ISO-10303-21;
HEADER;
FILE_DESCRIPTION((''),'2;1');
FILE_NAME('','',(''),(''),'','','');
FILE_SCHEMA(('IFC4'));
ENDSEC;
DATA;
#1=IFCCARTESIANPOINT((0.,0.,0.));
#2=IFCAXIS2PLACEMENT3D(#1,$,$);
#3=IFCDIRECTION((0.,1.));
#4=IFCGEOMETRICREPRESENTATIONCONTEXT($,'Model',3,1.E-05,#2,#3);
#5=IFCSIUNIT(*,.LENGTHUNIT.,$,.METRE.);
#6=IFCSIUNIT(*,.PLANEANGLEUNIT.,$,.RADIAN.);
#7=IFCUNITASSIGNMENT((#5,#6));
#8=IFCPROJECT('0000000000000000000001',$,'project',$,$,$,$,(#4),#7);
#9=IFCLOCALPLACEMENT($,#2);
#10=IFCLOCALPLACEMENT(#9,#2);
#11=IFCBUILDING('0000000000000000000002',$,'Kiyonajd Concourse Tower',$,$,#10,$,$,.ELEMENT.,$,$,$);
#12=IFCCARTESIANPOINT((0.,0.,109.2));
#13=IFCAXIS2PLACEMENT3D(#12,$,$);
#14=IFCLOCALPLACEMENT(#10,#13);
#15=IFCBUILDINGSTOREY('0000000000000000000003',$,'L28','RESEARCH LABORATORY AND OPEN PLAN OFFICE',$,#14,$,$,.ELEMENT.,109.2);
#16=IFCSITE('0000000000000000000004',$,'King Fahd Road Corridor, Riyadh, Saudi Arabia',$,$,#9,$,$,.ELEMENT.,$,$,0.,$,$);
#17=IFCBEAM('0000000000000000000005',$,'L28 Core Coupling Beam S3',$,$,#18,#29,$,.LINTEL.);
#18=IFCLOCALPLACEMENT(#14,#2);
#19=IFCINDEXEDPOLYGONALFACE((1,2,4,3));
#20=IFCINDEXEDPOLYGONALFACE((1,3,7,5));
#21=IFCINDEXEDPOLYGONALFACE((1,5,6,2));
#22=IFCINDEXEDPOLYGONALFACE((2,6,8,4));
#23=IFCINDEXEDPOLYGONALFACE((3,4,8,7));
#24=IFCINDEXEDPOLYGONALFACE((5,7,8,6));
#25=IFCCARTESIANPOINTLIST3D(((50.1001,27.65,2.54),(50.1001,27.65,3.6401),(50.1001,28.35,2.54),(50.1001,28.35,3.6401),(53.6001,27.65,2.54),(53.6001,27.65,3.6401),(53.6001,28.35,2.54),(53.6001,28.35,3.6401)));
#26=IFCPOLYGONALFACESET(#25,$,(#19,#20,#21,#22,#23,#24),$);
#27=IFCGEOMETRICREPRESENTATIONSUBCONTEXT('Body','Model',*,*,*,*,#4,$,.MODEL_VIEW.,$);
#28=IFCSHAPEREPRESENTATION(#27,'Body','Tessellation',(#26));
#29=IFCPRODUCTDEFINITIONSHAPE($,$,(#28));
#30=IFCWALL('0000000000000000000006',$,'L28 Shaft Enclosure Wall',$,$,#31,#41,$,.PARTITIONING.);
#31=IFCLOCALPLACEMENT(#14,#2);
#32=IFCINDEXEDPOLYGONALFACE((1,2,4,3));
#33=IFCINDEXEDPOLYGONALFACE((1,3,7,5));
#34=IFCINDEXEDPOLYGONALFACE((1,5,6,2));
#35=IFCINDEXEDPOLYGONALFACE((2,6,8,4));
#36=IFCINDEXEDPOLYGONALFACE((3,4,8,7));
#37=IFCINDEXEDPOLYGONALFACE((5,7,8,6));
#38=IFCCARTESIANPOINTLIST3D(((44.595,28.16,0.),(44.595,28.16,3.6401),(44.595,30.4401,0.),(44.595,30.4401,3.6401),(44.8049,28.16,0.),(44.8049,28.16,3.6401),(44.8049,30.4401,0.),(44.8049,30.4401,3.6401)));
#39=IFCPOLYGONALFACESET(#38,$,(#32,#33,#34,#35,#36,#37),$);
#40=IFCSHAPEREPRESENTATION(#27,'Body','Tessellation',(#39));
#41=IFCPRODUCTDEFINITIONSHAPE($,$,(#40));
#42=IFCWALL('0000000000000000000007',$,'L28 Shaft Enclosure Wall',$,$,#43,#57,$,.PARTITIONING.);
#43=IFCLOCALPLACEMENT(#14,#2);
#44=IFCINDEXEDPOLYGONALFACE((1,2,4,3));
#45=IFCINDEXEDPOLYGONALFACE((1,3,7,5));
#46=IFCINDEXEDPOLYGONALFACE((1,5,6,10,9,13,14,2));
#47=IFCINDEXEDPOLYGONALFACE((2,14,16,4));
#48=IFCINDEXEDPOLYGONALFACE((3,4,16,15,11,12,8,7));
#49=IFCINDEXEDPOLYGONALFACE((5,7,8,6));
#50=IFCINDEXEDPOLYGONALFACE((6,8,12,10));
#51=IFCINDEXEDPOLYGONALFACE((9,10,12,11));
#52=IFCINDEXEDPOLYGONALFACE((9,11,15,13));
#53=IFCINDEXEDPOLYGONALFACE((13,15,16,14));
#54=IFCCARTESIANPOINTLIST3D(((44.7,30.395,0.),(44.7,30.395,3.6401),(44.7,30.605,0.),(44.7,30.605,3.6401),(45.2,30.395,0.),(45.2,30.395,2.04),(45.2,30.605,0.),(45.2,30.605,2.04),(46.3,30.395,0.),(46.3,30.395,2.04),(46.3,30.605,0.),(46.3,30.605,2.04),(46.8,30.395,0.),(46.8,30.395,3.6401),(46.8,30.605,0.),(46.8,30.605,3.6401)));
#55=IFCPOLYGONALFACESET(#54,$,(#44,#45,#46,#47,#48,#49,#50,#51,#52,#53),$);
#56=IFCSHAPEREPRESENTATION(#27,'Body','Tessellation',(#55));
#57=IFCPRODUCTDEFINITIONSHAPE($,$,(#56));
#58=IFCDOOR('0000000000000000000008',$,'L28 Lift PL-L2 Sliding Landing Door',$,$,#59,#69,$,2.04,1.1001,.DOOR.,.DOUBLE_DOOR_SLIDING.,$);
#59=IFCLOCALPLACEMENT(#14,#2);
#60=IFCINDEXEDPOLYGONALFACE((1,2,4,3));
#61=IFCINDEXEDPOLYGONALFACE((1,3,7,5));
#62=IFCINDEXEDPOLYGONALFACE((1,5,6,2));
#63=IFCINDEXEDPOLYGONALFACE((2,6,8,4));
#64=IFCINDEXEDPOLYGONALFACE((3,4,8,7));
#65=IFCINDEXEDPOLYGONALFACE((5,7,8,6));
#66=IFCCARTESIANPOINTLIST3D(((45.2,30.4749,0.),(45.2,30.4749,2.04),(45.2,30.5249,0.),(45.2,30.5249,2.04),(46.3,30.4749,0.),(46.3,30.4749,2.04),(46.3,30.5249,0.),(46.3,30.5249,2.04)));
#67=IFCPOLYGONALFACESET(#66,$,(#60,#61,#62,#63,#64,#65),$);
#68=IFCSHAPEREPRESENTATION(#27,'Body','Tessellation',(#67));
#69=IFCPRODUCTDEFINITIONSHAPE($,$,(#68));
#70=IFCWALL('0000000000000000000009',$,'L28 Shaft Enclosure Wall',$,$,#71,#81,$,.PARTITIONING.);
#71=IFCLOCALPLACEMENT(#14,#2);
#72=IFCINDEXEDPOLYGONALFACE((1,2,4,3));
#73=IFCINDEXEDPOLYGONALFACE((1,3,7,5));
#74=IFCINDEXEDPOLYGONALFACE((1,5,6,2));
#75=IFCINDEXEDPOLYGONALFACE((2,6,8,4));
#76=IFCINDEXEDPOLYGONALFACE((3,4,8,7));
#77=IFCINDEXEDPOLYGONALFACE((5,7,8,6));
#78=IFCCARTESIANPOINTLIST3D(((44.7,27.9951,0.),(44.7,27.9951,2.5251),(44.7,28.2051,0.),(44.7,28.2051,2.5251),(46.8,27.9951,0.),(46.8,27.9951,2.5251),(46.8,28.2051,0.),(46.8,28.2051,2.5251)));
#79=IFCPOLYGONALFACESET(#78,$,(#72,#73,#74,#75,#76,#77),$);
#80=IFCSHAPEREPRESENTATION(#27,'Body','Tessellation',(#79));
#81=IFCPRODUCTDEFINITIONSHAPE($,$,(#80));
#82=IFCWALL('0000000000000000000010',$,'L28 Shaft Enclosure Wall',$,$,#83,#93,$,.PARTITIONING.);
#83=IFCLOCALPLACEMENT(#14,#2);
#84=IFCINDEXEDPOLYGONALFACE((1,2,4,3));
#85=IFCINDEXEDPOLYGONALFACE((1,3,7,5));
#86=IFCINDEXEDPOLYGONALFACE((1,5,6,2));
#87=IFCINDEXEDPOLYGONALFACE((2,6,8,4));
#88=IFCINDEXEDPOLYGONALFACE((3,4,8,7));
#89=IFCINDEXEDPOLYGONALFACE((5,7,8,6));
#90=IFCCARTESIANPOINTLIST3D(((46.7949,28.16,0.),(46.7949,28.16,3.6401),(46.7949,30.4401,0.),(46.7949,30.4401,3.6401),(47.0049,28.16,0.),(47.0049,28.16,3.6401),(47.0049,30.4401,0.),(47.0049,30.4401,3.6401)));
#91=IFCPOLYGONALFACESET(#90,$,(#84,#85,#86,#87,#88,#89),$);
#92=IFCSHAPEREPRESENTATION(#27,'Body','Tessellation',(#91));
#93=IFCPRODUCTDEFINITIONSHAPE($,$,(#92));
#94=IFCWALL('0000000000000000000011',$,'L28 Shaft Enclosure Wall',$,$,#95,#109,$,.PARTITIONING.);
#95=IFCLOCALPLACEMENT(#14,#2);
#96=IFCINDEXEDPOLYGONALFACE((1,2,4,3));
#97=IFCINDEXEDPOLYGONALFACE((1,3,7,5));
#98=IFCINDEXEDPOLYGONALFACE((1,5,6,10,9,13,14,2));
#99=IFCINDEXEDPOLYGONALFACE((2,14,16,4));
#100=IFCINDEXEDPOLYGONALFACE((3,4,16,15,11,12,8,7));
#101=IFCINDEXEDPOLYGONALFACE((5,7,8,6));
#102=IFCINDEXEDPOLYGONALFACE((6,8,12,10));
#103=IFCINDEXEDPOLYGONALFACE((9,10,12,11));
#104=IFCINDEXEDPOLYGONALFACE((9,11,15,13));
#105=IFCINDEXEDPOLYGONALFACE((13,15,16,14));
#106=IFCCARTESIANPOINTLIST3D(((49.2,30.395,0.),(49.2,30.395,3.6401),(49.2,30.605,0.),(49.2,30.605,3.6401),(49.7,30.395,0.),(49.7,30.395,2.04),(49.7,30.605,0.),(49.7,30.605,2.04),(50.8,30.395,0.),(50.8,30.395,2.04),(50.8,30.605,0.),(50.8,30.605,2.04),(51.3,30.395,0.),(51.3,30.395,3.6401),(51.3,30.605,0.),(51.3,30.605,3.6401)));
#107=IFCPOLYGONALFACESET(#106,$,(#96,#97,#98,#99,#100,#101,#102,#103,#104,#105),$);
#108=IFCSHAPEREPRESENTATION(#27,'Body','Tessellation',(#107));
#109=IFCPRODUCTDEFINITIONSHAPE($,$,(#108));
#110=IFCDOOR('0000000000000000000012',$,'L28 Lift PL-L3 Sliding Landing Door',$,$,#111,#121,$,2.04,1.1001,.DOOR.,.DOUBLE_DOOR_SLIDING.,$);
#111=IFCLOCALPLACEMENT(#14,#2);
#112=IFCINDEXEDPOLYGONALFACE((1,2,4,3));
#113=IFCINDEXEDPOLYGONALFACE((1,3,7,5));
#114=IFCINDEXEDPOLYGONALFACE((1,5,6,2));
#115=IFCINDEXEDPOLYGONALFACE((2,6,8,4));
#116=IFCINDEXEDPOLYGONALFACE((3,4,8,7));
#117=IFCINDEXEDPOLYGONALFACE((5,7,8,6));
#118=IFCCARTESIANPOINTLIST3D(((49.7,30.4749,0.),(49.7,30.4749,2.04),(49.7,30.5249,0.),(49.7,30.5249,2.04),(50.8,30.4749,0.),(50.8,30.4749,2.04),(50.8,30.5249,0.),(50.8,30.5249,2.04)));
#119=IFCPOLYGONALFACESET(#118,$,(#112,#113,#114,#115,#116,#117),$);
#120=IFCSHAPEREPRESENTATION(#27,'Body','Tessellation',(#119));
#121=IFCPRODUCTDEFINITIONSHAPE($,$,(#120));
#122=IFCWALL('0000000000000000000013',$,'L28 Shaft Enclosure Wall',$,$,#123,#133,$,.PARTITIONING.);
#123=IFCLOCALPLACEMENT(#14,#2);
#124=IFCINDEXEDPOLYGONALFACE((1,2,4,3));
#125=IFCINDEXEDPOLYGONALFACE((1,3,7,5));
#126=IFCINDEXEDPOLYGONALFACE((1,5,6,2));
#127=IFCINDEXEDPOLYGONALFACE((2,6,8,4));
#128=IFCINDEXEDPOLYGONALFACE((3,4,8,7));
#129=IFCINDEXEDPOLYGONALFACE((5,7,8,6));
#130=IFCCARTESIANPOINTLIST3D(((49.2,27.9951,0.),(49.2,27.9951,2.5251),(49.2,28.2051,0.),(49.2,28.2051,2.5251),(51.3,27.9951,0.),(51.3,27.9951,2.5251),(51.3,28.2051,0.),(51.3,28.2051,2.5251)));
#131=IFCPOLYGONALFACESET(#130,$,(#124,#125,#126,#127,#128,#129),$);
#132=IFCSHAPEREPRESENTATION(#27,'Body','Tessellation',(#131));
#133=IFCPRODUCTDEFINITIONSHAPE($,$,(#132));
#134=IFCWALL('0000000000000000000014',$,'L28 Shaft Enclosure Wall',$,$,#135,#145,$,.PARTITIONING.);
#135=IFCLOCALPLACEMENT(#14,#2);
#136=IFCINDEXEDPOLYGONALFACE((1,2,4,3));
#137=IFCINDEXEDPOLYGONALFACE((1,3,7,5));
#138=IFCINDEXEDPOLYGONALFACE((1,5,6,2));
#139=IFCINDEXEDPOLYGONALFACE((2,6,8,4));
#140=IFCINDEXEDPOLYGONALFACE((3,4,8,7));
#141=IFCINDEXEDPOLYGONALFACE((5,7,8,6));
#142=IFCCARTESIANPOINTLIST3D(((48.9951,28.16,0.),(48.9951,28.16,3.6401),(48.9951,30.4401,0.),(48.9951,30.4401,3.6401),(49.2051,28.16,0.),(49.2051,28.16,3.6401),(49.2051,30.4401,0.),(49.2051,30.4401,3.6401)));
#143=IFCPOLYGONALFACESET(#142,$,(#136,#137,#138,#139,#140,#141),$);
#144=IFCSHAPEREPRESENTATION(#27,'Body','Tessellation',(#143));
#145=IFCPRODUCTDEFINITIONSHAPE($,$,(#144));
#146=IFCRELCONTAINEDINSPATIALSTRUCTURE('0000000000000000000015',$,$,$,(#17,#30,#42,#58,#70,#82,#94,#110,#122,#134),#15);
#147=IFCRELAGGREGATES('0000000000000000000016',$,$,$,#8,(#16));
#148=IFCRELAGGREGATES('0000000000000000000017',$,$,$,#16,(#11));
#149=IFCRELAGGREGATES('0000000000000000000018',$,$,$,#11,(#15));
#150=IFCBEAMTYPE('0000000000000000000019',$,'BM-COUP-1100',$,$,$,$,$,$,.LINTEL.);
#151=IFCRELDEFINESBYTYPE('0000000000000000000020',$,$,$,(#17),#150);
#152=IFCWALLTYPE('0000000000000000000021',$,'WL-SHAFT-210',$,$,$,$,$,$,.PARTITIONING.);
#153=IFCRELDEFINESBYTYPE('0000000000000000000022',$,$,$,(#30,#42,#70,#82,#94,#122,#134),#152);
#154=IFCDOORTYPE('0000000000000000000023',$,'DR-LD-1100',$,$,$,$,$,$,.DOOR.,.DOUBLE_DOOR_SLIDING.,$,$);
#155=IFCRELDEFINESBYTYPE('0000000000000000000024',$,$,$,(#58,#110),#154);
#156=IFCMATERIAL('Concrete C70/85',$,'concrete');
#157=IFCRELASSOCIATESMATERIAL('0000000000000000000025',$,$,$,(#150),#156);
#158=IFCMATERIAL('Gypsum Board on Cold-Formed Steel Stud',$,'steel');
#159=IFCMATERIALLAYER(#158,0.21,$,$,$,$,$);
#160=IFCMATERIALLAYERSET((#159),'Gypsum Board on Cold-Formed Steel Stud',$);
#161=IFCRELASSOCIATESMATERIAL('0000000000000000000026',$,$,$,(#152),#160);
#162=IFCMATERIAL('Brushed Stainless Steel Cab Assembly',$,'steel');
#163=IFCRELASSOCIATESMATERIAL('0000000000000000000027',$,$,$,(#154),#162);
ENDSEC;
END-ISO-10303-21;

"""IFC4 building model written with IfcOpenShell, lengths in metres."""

from ifc_helpers import new_model, si_unit, direction, frame, frame_2d, origin, origin_2d, place, context, subcontext, project, spatial, rectangle, extrude, material, layer, layer_set, material_profile, profile_set, type_object, element, fill, save


model = new_model("IFC4")

# Units and contexts
model_context = context("Model", 3, precision=1e-05, world=origin(), true_north=direction((0.0, 1.0)))
body_context = subcontext(model_context, "Body", "Model", "MODEL_VIEW")
ifc_project = project(units=[si_unit("LENGTHUNIT", "METRE"), si_unit("PLANEANGLEUNIT", "RADIAN")], contexts=[model_context])

# Site, building, storey
site_placement = place(None, origin())
site = spatial("IfcSite", under=ifc_project, at=site_placement, Name="King Fahd Road Corridor, Riyadh, Saudi Arabia", CompositionType="ELEMENT", RefElevation=0.0)
building_placement = place(site_placement, origin())
building = spatial("IfcBuilding", under=site, at=building_placement, Name="Kiyonajd Concourse Tower", CompositionType="ELEMENT")
storey_placement = place(building_placement, frame((0.0, 0.0, 109.2)))
storey = spatial("IfcBuildingStorey", under=building, at=storey_placement, Name="L28", Description="RESEARCH LABORATORY AND OPEN PLAN OFFICE", CompositionType="ELEMENT", Elevation=109.2)

# Beam
ifc_material_1 = material(Name="Concrete C70/85", Category="concrete")
ifc_material_profile = material_profile(ifc_material_1, rectangle(XDim=0.7, YDim=1.1001, at=origin_2d()), Name="RCBM-700x1100")
ifc_profile_set = profile_set([ifc_material_profile], Name="Concrete C70/85")
beam_type = type_object("IfcBeamType", Name="BM-COUP-1100", PredefinedType="LINTEL", material=ifc_profile_set)
beam_placement = place(storey_placement, frame((50.1001, 28.0, 3.0901), z_axis=(1.0, 0.0, 0.0), x_axis=(0.0, 1.0, 0.0)))
element("IfcBeam", 1, at=beam_placement, inside=storey, type_object=beam_type, Name="L28 Core Coupling Beam S3", PredefinedType="LINTEL", context=body_context, shape_type="SweptSolid", body=[
    extrude(rectangle(XDim=0.7, YDim=1.1001, at=origin_2d()), origin(), (0.0, 0.0, 1.0), 3.5),
])

# Wall
ifc_material_2 = material(Name="Gypsum Board on Cold-Formed Steel Stud", Category="steel")
ifc_layer_1 = layer(ifc_material_2, 0.21)
ifc_layer_set_1 = layer_set([ifc_layer_1], Name="Gypsum Board on Cold-Formed Steel Stud")
wall_type_1 = type_object("IfcWallType", Name="WL-SHAFT-210", PredefinedType="PARTITIONING", material=ifc_layer_set_1)
wall_1_placement = place(storey_placement, frame((44.7, 28.1599, 0.0), z_axis=(0.0, 0.0, 1.0), x_axis=(0.0, 1.0, 0.0)))
element("IfcWall", 2, at=wall_1_placement, inside=storey, type_object=wall_type_1, Name="L28 Shaft Enclosure Wall", PredefinedType="PARTITIONING", context=body_context, shape_type="SweptSolid", body=[
    extrude(rectangle(XDim=2.28, YDim=0.21, at=frame_2d((1.1401, 0.0))), origin(), (0.0, 0.0, 1.0), 3.6401),
])

# Wall, opening, door
wall_2_placement = place(storey_placement, frame((44.7, 30.5, 0.0), z_axis=(0.0, 0.0, 1.0), x_axis=(1.0, 0.0, 0.0)))
wall_2 = element("IfcWall", 3, at=wall_2_placement, inside=storey, type_object=wall_type_1, Name="L28 Shaft Enclosure Wall", PredefinedType="PARTITIONING", context=body_context, shape_type="SweptSolid", body=[
    extrude(rectangle(XDim=2.1001, YDim=0.21, at=frame_2d((1.05, 0.0))), origin(), (0.0, 0.0, 1.0), 3.6401),
])
opening_1_placement = place(wall_2_placement, frame((0.5, 0.0, 0.0)))
opening_1 = element("IfcOpeningElement", 4, at=opening_1_placement, cuts=wall_2, PredefinedType="OPENING", context=body_context, shape_type="SweptSolid", body=[
    extrude(rectangle(XDim=1.1001, YDim=2.04, at=frame_2d((0.55, 1.02))), frame((0.0, 0.115, 0.0), z_axis=(0.0, -1.0, 0.0), x_axis=(1.0, 0.0, 0.0)), (0.0, 0.0, 1.0), 0.23),
])
ifc_material_3 = material(Name="Brushed Stainless Steel Cab Assembly", Category="steel")
door_type_1 = type_object("IfcDoorType", Name="DR-LD-1100", OperationType="DOUBLE_DOOR_SLIDING", PredefinedType="DOOR", material=ifc_material_3)
door_1_placement = place(opening_1_placement, origin())
door_1 = element("IfcDoor", 5, at=door_1_placement, inside=storey, type_object=door_type_1, Name="L28 Lift PL-L2 Sliding Landing Door", OperationType="DOUBLE_DOOR_SLIDING", OverallHeight=2.04, OverallWidth=1.1001, PredefinedType="DOOR", context=body_context, shape_type="SweptSolid", body=[
    extrude(rectangle(XDim=1.1001, YDim=2.04, at=frame_2d((0.55, 1.02))), frame((0.0, 0.0249, 0.0), z_axis=(0.0, -1.0, 0.0), x_axis=(1.0, 0.0, 0.0)), (0.0, 0.0, 1.0), 0.05),
])
fill(opening_1, door_1)

# Walls
wall_3_placement = place(storey_placement, frame((44.7, 28.1001, 0.0), z_axis=(0.0, 0.0, 1.0), x_axis=(1.0, 0.0, 0.0)))
element("IfcWall", 6, at=wall_3_placement, inside=storey, type_object=wall_type_1, Name="L28 Shaft Enclosure Wall", PredefinedType="PARTITIONING", context=body_context, shape_type="SweptSolid", body=[
    extrude(rectangle(XDim=2.1001, YDim=0.21, at=frame_2d((1.05, 0.0))), origin(), (0.0, 0.0, 1.0), 2.5251),
])
wall_4_placement = place(storey_placement, frame((46.8999, 28.1599, 0.0), z_axis=(0.0, 0.0, 1.0), x_axis=(0.0, 1.0, 0.0)))
element("IfcWall", 7, at=wall_4_placement, inside=storey, type_object=wall_type_1, Name="L28 Shaft Enclosure Wall", PredefinedType="PARTITIONING", context=body_context, shape_type="SweptSolid", body=[
    extrude(rectangle(XDim=2.28, YDim=0.21, at=frame_2d((1.1401, 0.0))), origin(), (0.0, 0.0, 1.0), 3.6401),
])

# Wall, opening, door
wall_5_placement = place(storey_placement, frame((49.2, 30.5, 0.0), z_axis=(0.0, 0.0, 1.0), x_axis=(1.0, 0.0, 0.0)))
wall_5 = element("IfcWall", 8, at=wall_5_placement, inside=storey, type_object=wall_type_1, Name="L28 Shaft Enclosure Wall", PredefinedType="PARTITIONING", context=body_context, shape_type="SweptSolid", body=[
    extrude(rectangle(XDim=2.1001, YDim=0.21, at=frame_2d((1.05, 0.0))), origin(), (0.0, 0.0, 1.0), 3.6401),
])
opening_2_placement = place(wall_5_placement, frame((0.5, 0.0, 0.0)))
opening_2 = element("IfcOpeningElement", 9, at=opening_2_placement, cuts=wall_5, PredefinedType="OPENING", context=body_context, shape_type="SweptSolid", body=[
    extrude(rectangle(XDim=1.1001, YDim=2.04, at=frame_2d((0.55, 1.02))), frame((0.0, 0.115, 0.0), z_axis=(0.0, -1.0, 0.0), x_axis=(1.0, 0.0, 0.0)), (0.0, 0.0, 1.0), 0.23),
])
door_2_placement = place(opening_2_placement, origin())
door_2 = element("IfcDoor", 10, at=door_2_placement, inside=storey, type_object=door_type_1, Name="L28 Lift PL-L3 Sliding Landing Door", OperationType="DOUBLE_DOOR_SLIDING", OverallHeight=2.04, OverallWidth=1.1001, PredefinedType="DOOR", context=body_context, shape_type="SweptSolid", body=[
    extrude(rectangle(XDim=1.1001, YDim=2.04, at=frame_2d((0.55, 1.02))), frame((0.0, 0.0249, 0.0), z_axis=(0.0, -1.0, 0.0), x_axis=(1.0, 0.0, 0.0)), (0.0, 0.0, 1.0), 0.05),
])
fill(opening_2, door_2)

# Walls
wall_6_placement = place(storey_placement, frame((49.2, 28.1001, 0.0), z_axis=(0.0, 0.0, 1.0), x_axis=(1.0, 0.0, 0.0)))
element("IfcWall", 11, at=wall_6_placement, inside=storey, type_object=wall_type_1, Name="L28 Shaft Enclosure Wall", PredefinedType="PARTITIONING", context=body_context, shape_type="SweptSolid", body=[
    extrude(rectangle(XDim=2.1001, YDim=0.21, at=frame_2d((1.05, 0.0))), origin(), (0.0, 0.0, 1.0), 2.5251),
])
wall_7_placement = place(storey_placement, frame((49.1001, 28.1599, 0.0), z_axis=(0.0, 0.0, 1.0), x_axis=(0.0, 1.0, 0.0)))
element("IfcWall", 12, at=wall_7_placement, inside=storey, type_object=wall_type_1, Name="L28 Shaft Enclosure Wall", PredefinedType="PARTITIONING", context=body_context, shape_type="SweptSolid", body=[
    extrude(rectangle(XDim=2.28, YDim=0.21, at=frame_2d((1.1401, 0.0))), origin(), (0.0, 0.0, 1.0), 3.6401),
])

save(model, "model.ifc")
